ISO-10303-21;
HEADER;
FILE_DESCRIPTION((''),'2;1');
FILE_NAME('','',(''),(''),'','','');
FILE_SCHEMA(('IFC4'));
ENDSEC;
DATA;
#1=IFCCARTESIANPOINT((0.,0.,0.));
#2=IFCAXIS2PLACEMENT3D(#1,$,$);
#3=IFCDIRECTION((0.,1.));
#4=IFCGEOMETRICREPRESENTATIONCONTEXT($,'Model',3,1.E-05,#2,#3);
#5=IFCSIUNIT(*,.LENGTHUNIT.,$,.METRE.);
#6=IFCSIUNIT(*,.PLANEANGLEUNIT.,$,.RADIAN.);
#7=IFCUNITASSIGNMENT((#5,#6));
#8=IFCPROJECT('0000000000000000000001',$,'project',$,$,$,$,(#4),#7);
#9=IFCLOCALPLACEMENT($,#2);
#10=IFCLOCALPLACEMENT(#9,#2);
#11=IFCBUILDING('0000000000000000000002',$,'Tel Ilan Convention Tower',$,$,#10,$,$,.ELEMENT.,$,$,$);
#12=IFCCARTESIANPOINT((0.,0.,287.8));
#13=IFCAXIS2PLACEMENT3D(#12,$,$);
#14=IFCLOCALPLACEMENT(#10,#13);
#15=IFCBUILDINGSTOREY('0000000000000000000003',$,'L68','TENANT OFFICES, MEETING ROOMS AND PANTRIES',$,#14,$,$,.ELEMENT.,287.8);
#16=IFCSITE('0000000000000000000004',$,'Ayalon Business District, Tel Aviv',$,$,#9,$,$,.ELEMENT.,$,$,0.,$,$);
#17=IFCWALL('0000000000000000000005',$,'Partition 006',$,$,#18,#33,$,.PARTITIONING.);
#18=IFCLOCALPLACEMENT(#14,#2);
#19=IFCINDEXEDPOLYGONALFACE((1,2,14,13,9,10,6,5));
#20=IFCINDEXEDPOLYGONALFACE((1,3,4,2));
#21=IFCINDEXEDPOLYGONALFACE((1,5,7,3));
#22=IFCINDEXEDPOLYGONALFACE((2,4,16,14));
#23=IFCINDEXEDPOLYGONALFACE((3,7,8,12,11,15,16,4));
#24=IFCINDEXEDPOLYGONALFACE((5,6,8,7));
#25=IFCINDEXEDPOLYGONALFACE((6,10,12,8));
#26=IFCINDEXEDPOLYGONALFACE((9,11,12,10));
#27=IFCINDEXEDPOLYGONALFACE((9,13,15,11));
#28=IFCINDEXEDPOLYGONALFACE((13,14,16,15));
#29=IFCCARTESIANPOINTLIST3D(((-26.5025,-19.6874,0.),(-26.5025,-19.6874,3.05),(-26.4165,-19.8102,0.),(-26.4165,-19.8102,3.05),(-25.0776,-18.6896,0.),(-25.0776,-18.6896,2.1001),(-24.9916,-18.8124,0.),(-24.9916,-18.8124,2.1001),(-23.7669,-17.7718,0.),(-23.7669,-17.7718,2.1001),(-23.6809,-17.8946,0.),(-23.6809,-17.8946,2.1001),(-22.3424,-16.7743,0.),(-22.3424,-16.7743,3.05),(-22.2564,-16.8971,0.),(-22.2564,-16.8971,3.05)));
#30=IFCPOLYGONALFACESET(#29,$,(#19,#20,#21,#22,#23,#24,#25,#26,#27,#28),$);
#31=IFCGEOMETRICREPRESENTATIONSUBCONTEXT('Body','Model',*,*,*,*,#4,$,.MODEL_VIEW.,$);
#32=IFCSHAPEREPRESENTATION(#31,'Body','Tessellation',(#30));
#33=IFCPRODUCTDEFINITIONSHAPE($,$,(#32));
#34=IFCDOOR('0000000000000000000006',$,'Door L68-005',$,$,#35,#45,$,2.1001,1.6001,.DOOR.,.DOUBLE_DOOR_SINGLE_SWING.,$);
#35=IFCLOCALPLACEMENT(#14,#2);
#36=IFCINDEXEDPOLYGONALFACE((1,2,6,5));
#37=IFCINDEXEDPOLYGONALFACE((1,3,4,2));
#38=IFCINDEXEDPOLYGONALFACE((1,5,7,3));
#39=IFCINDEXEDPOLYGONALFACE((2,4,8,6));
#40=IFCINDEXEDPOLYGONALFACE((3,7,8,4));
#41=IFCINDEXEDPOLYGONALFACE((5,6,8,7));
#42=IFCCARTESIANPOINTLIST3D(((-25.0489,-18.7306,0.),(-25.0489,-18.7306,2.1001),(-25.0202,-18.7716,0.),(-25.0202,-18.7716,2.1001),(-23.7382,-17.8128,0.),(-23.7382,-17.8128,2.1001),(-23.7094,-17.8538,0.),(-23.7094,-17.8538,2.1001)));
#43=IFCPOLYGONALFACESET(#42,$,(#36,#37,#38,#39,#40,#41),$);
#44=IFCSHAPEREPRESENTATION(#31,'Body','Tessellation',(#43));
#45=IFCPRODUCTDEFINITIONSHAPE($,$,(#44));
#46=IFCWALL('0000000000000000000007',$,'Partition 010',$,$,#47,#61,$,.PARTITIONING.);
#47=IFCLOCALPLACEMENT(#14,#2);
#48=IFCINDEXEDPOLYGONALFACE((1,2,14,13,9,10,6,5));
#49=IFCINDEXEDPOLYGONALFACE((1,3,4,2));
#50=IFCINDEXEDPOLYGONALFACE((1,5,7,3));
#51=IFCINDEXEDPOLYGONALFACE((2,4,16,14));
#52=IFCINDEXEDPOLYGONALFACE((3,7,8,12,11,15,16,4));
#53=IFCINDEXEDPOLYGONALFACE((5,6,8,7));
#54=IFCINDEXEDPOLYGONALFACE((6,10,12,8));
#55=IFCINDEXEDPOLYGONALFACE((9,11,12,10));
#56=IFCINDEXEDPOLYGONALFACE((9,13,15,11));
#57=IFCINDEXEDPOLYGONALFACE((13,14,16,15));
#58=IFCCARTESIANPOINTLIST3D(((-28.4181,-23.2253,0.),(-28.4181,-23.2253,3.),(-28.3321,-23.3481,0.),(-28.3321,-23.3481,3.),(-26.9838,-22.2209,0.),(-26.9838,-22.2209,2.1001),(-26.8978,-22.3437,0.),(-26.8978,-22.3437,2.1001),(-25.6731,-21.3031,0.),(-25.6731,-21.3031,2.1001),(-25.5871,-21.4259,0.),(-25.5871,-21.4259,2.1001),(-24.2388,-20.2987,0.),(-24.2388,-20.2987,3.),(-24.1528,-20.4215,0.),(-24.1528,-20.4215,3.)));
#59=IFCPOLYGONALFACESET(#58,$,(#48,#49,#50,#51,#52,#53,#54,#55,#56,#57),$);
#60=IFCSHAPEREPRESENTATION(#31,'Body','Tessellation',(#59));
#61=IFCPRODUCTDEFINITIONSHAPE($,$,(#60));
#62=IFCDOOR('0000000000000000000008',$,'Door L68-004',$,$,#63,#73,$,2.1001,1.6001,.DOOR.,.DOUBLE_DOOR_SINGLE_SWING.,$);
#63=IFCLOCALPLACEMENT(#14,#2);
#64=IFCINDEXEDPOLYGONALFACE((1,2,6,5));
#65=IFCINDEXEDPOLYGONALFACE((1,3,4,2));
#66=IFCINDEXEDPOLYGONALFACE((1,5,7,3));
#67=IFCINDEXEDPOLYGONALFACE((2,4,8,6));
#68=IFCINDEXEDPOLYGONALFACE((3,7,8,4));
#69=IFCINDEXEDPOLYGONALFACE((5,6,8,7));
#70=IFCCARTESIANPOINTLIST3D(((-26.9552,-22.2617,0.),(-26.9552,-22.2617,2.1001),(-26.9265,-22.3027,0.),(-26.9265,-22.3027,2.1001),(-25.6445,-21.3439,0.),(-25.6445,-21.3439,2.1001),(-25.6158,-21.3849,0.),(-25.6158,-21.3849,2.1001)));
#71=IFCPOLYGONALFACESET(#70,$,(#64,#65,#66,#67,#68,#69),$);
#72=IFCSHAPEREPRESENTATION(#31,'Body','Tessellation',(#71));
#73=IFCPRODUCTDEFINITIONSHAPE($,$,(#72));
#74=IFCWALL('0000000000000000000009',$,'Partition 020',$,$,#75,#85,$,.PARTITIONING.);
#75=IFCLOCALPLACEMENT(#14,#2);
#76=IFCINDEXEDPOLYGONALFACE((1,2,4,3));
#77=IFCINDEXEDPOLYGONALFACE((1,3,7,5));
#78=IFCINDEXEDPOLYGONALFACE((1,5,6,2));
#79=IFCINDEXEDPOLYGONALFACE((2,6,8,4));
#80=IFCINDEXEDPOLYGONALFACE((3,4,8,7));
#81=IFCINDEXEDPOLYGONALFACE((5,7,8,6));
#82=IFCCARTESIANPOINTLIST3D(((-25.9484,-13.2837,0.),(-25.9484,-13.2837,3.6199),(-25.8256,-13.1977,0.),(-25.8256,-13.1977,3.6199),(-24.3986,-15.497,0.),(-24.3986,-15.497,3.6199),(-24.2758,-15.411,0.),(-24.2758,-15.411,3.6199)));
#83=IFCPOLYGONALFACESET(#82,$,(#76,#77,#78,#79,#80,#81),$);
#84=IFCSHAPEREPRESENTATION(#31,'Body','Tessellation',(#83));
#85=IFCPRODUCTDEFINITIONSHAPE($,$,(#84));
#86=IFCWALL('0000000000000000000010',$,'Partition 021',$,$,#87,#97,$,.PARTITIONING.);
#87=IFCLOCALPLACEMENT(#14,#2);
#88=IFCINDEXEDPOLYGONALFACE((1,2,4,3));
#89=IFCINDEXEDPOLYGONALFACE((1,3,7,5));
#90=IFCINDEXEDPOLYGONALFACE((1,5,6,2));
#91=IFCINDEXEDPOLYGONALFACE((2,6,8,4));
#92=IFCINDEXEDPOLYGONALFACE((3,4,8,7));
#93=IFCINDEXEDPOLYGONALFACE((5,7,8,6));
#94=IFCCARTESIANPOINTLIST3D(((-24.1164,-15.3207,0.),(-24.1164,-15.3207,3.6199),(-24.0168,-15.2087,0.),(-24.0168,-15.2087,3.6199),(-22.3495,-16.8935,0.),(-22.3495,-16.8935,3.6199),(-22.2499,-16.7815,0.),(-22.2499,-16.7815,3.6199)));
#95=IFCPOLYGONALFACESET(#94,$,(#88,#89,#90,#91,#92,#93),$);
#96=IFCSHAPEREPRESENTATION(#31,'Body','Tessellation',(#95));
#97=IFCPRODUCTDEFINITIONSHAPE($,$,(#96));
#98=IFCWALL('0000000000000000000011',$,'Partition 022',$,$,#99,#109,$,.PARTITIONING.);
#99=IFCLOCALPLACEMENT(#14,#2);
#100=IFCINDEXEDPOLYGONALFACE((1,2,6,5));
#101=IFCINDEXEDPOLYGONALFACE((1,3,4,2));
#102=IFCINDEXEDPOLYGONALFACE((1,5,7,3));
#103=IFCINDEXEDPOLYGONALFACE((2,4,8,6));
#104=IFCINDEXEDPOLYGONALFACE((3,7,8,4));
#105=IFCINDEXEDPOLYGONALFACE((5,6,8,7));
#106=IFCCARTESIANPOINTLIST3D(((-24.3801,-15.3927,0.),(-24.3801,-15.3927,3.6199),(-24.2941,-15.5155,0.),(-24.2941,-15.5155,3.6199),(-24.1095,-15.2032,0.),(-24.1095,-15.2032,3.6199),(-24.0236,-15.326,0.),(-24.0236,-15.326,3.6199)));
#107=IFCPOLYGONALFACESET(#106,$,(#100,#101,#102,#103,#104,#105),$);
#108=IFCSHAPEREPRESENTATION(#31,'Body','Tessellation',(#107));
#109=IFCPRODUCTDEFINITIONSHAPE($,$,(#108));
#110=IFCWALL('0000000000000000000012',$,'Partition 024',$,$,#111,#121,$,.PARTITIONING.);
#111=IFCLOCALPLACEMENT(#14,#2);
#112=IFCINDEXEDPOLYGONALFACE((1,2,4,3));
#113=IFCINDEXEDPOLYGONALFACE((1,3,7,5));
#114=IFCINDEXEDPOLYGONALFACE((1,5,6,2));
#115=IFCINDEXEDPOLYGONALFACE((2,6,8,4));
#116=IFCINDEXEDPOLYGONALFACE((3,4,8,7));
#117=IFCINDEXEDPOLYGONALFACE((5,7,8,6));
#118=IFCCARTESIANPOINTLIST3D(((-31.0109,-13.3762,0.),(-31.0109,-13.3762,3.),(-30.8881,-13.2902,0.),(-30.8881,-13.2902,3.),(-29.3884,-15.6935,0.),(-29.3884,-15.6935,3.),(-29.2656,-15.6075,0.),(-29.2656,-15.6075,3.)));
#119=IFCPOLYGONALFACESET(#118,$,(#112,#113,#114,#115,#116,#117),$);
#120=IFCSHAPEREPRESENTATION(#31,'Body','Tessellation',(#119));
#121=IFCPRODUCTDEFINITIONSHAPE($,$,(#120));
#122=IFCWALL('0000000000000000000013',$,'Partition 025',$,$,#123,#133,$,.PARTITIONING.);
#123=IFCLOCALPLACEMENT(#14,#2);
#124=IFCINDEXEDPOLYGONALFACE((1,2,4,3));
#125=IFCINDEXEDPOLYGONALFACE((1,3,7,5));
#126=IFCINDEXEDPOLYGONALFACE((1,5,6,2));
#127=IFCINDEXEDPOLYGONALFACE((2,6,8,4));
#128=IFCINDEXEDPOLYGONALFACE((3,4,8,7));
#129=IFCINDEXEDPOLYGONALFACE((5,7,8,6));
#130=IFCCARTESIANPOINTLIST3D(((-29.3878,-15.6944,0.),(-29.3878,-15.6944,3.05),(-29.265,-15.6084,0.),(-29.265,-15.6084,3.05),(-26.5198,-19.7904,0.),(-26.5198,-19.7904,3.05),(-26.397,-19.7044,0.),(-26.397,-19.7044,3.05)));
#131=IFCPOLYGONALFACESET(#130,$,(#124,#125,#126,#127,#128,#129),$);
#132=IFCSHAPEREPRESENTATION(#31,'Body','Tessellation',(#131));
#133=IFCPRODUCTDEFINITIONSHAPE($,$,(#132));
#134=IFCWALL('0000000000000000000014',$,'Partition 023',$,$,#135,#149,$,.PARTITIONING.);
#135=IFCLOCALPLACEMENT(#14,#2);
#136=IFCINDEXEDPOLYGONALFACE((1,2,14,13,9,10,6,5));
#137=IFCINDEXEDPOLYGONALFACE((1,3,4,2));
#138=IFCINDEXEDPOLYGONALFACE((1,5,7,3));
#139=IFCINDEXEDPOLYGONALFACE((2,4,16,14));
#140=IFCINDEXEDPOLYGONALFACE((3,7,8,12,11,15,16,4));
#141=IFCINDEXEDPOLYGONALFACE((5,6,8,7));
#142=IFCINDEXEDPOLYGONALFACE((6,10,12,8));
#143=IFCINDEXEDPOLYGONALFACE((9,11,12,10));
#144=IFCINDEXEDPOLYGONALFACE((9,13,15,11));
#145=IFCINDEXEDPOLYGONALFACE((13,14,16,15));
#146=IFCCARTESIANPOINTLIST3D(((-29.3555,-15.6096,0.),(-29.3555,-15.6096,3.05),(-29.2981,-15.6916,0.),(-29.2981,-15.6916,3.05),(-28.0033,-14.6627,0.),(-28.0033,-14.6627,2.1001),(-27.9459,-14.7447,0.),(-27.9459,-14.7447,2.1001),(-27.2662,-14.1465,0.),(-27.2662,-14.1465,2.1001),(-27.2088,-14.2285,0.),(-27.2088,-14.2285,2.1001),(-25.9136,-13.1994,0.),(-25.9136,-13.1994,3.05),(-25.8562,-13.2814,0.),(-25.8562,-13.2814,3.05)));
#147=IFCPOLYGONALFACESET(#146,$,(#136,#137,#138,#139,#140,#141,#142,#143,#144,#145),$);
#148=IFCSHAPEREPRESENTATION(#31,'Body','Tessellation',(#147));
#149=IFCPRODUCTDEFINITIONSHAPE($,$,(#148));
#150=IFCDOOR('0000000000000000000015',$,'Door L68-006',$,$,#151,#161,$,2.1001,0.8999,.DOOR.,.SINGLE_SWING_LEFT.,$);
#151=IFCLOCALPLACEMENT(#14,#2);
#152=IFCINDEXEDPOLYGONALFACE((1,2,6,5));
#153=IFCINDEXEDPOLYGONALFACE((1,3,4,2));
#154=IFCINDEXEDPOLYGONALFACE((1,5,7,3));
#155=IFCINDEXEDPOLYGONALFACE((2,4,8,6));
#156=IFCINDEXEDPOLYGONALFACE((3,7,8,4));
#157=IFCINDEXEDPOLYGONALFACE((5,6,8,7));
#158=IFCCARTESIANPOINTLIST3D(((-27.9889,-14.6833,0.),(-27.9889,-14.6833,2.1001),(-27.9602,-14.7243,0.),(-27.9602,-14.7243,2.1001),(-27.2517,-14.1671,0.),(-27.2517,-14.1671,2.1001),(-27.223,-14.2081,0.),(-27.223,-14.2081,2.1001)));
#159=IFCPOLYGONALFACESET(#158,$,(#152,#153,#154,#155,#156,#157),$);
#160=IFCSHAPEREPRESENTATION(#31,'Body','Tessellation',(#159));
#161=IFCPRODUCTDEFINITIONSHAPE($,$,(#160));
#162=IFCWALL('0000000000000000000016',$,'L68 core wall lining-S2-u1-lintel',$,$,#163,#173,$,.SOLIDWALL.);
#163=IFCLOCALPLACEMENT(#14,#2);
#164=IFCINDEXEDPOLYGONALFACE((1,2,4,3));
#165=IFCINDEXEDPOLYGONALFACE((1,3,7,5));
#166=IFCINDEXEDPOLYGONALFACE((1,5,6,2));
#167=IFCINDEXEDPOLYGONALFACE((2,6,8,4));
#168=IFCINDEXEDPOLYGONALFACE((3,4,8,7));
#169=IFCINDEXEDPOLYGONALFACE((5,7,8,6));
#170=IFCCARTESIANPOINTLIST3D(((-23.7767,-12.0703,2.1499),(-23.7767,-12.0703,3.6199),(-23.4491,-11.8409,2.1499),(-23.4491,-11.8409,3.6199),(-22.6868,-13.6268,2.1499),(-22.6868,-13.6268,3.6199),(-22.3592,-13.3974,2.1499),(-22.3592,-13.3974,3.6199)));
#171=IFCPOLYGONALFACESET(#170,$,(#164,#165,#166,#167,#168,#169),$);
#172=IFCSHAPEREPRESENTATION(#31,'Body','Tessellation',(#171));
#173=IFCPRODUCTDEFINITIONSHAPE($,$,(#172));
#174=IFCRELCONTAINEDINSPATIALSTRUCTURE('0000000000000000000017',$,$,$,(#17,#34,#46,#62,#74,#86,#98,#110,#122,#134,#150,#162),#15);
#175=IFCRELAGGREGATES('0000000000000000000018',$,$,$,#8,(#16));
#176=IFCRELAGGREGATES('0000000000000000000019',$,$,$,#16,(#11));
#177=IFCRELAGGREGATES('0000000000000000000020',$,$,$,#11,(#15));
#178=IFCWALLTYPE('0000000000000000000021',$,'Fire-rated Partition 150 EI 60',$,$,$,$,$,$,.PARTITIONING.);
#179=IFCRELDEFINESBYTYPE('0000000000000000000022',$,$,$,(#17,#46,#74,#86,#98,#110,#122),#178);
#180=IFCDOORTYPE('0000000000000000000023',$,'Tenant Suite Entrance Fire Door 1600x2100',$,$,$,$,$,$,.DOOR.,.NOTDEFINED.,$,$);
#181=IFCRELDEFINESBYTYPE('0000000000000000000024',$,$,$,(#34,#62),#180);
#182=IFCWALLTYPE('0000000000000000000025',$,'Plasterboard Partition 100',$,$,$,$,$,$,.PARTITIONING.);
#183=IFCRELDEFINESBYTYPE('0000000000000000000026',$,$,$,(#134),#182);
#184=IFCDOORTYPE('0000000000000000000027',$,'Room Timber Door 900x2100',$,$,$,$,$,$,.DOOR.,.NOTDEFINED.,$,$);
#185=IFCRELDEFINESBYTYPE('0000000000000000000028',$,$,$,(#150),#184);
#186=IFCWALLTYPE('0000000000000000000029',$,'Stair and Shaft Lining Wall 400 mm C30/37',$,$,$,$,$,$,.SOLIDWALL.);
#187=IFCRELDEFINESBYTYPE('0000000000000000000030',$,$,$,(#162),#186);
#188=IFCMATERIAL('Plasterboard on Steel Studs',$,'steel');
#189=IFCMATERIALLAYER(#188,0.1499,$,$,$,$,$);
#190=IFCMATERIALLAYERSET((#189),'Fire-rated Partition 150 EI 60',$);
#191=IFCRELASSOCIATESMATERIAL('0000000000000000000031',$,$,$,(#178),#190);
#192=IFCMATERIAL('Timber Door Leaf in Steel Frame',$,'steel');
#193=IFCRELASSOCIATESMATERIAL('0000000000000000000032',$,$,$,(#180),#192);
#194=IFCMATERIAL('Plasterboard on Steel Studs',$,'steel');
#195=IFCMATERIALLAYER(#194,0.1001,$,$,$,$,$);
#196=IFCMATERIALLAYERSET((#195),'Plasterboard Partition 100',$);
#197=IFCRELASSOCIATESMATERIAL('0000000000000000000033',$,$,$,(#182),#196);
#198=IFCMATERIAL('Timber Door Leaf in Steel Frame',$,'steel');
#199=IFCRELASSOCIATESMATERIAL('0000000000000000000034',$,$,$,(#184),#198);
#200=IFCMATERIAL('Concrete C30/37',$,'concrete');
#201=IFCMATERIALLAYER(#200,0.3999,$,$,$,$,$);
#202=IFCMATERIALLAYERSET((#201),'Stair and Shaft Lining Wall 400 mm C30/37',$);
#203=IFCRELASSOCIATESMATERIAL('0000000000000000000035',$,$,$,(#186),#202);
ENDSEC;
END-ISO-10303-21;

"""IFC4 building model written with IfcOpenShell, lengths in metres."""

from ifc_helpers import new_model, si_unit, direction, frame, frame_2d, origin, place, context, subcontext, project, spatial, rectangle, extrude, material, layer, layer_set, type_object, element, fill, save


model = new_model("IFC4")

# Units and contexts
model_context = context("Model", 3, precision=1e-05, world=origin(), true_north=direction((0.0, 1.0)))
body_context = subcontext(model_context, "Body", "Model", "MODEL_VIEW")
ifc_project = project(units=[si_unit("LENGTHUNIT", "METRE"), si_unit("PLANEANGLEUNIT", "RADIAN")], contexts=[model_context])

# Site, building, storey
site_placement = place(None, origin())
site = spatial("IfcSite", under=ifc_project, at=site_placement, Name="Ayalon Business District, Tel Aviv", CompositionType="ELEMENT", RefElevation=0.0)
building_placement = place(site_placement, origin())
building = spatial("IfcBuilding", under=site, at=building_placement, Name="Tel Ilan Convention Tower", CompositionType="ELEMENT")
storey_placement = place(building_placement, frame((0.0, 0.0, 287.8)))
storey = spatial("IfcBuildingStorey", under=building, at=storey_placement, Name="L68", Description="TENANT OFFICES, MEETING ROOMS AND PANTRIES", CompositionType="ELEMENT", Elevation=287.8)

# Walls, openings, doors
ifc_material_1 = material(Name="Plasterboard on Steel Studs", Category="steel")
ifc_layer_1 = layer(ifc_material_1, 0.1499)
ifc_layer_set_1 = layer_set([ifc_layer_1], Name="Fire-rated Partition 150 EI 60")
wall_type_1 = type_object("IfcWallType", Name="Fire-rated Partition 150 EI 60", PredefinedType="PARTITIONING", material=ifc_layer_set_1)
wall_1_placement = place(storey_placement, frame((-26.4595, -19.7488, 0.0), z_axis=(0.0, 0.0, 1.0), x_axis=(0.819142, 0.573591, 0.0)))
wall_1 = element("IfcWall", 1, at=wall_1_placement, inside=storey, type_object=wall_type_1, Name="Partition 006", PredefinedType="PARTITIONING", context=body_context, shape_type="SweptSolid", body=[
    extrude(rectangle(XDim=5.0786, YDim=0.1499, at=frame_2d((2.5393, 0.0))), origin(), (0.0, 0.0, 1.0), 3.05),
])
opening_1_placement = place(wall_1_placement, frame((1.7395, 0.0, 0.0)))
opening_1 = element("IfcOpeningElement", 2, at=opening_1_placement, cuts=wall_1, PredefinedType="OPENING", context=body_context, shape_type="SweptSolid", body=[
    extrude(rectangle(XDim=1.6001, YDim=2.1001, at=frame_2d((0.8, 1.05))), frame((0.0, 0.085, 0.0), z_axis=(0.0, -1.0, 0.0), x_axis=(1.0, 0.0, 0.0)), (0.0, 0.0, 1.0), 0.1699),
])
ifc_material_2 = material(Name="Timber Door Leaf in Steel Frame", Category="steel")
door_type_1 = type_object("IfcDoorType", Name="Tenant Suite Entrance Fire Door 1600x2100", OperationType="NOTDEFINED", PredefinedType="DOOR", material=ifc_material_2)
door_1_placement = place(opening_1_placement, origin())
door_1 = element("IfcDoor", 3, at=door_1_placement, inside=storey, type_object=door_type_1, Name="Door L68-005", OperationType="DOUBLE_DOOR_SINGLE_SWING", OverallHeight=2.1001, OverallWidth=1.6001, PredefinedType="DOOR", context=body_context, shape_type="SweptSolid", body=[
    extrude(rectangle(XDim=1.6001, YDim=2.1001, at=frame_2d((0.8, 1.05))), frame((0.0, 0.0249, 0.0), z_axis=(0.0, -1.0, 0.0), x_axis=(1.0, 0.0, 0.0)), (0.0, 0.0, 1.0), 0.05),
])
fill(opening_1, door_1)
wall_2_placement = place(storey_placement, frame((-24.1958, -20.3601, 0.0), z_axis=(0.0, 0.0, 1.0), x_axis=(-0.819133, -0.573604, 0.0)))
wall_2 = element("IfcWall", 4, at=wall_2_placement, inside=storey, type_object=wall_type_1, Name="Partition 010", PredefinedType="PARTITIONING", context=body_context, shape_type="SweptSolid", body=[
    extrude(rectangle(XDim=5.1021, YDim=0.1499, at=frame_2d((2.551, 0.0))), origin(), (0.0, 0.0, 1.0), 3.0),
])
opening_2_placement = place(wall_2_placement, frame((1.751, 0.0, 0.0)))
opening_2 = element("IfcOpeningElement", 5, at=opening_2_placement, cuts=wall_2, PredefinedType="OPENING", context=body_context, shape_type="SweptSolid", body=[
    extrude(rectangle(XDim=1.6001, YDim=2.1001, at=frame_2d((0.8, 1.05))), frame((0.0, 0.085, 0.0), z_axis=(0.0, -1.0, 0.0), x_axis=(1.0, 0.0, 0.0)), (0.0, 0.0, 1.0), 0.1699),
])
door_2_placement = place(opening_2_placement, origin())
door_2 = element("IfcDoor", 6, at=door_2_placement, inside=storey, type_object=door_type_1, Name="Door L68-004", OperationType="DOUBLE_DOOR_SINGLE_SWING", OverallHeight=2.1001, OverallWidth=1.6001, PredefinedType="DOOR", context=body_context, shape_type="SweptSolid", body=[
    extrude(rectangle(XDim=1.6001, YDim=2.1001, at=frame_2d((0.8, 1.05))), frame((0.0, 0.0249, 0.0), z_axis=(0.0, -1.0, 0.0), x_axis=(1.0, 0.0, 0.0)), (0.0, 0.0, 1.0), 0.05),
])
fill(opening_2, door_2)

# Walls
wall_3_placement = place(storey_placement, frame((-24.3372, -15.4541, 0.0), z_axis=(0.0, 0.0, 1.0), x_axis=(-0.573571, 0.819156, 0.0)))
element("IfcWall", 7, at=wall_3_placement, inside=storey, type_object=wall_type_1, Name="Partition 020", PredefinedType="PARTITIONING", context=body_context, shape_type="SweptSolid", body=[
    extrude(rectangle(XDim=2.7019, YDim=0.1499, at=frame_2d((1.3511, 0.0))), origin(), (0.0, 0.0, 1.0), 3.6199),
])
wall_4_placement = place(storey_placement, frame((-22.2998, -16.8374, 0.0), z_axis=(0.0, 0.0, 1.0), x_axis=(-0.746942, 0.664889, 0.0)))
element("IfcWall", 8, at=wall_4_placement, inside=storey, type_object=wall_type_1, Name="Partition 021", PredefinedType="PARTITIONING", context=body_context, shape_type="SweptSolid", body=[
    extrude(rectangle(XDim=2.3655, YDim=0.1499, at=frame_2d((1.1826, 0.0))), origin(), (0.0, 0.0, 1.0), 3.6199),
])
wall_5_placement = place(storey_placement, frame((-24.0667, -15.2646, 0.0), z_axis=(0.0, 0.0, 1.0), x_axis=(-0.819093, -0.573661, 0.0)))
element("IfcWall", 9, at=wall_5_placement, inside=storey, type_object=wall_type_1, Name="Partition 022", PredefinedType="PARTITIONING", context=body_context, shape_type="SweptSolid", body=[
    extrude(rectangle(XDim=0.3303, YDim=0.1499, at=frame_2d((0.165, 0.0))), origin(), (0.0, 0.0, 1.0), 3.6199),
])
wall_6_placement = place(storey_placement, frame((-29.3269, -15.6506, 0.0), z_axis=(0.0, 0.0, 1.0), x_axis=(-0.573555, 0.819167, 0.0)))
element("IfcWall", 10, at=wall_6_placement, inside=storey, type_object=wall_type_1, Name="Partition 024", PredefinedType="PARTITIONING", context=body_context, shape_type="SweptSolid", body=[
    extrude(rectangle(XDim=2.8289, YDim=0.1499, at=frame_2d((1.4146, 0.0))), origin(), (0.0, 0.0, 1.0), 3.0),
])
wall_7_placement = place(storey_placement, frame((-26.4585, -19.7473, 0.0), z_axis=(0.0, 0.0, 1.0), x_axis=(-0.573564, 0.819161, 0.0)))
element("IfcWall", 11, at=wall_7_placement, inside=storey, type_object=wall_type_1, Name="Partition 025", PredefinedType="PARTITIONING", context=body_context, shape_type="SweptSolid", body=[
    extrude(rectangle(XDim=5.0002, YDim=0.1499, at=frame_2d((2.5, 0.0))), origin(), (0.0, 0.0, 1.0), 3.05),
])

# Wall, opening, door
ifc_material_3 = material(Name="Plasterboard on Steel Studs", Category="steel")
ifc_layer_2 = layer(ifc_material_3, 0.1001)
ifc_layer_set_2 = layer_set([ifc_layer_2], Name="Plasterboard Partition 100")
wall_type_2 = type_object("IfcWallType", Name="Plasterboard Partition 100", PredefinedType="PARTITIONING", material=ifc_layer_set_2)
wall_8_placement = place(storey_placement, frame((-29.3269, -15.6506, 0.0), z_axis=(0.0, 0.0, 1.0), x_axis=(0.819139, 0.573595, 0.0)))
wall_8 = element("IfcWall", 12, at=wall_8_placement, inside=storey, type_object=wall_type_2, Name="Partition 023", PredefinedType="PARTITIONING", context=body_context, shape_type="SweptSolid", body=[
    extrude(rectangle(XDim=4.2019, YDim=0.1001, at=frame_2d((2.1011, 0.0))), origin(), (0.0, 0.0, 1.0), 3.05),
])
opening_3_placement = place(wall_8_placement, frame((1.6509, 0.0, 0.0)))
opening_3 = element("IfcOpeningElement", 13, at=opening_3_placement, cuts=wall_8, PredefinedType="OPENING", context=body_context, shape_type="SweptSolid", body=[
    extrude(rectangle(XDim=0.8999, YDim=2.1001, at=frame_2d((0.45, 1.05))), frame((0.0, 0.0601, 0.0), z_axis=(0.0, -1.0, 0.0), x_axis=(1.0, 0.0, 0.0)), (0.0, 0.0, 1.0), 0.1201),
])
ifc_material_4 = material(Name="Timber Door Leaf in Steel Frame", Category="steel")
door_type_2 = type_object("IfcDoorType", Name="Room Timber Door 900x2100", OperationType="NOTDEFINED", PredefinedType="DOOR", material=ifc_material_4)
door_3_placement = place(opening_3_placement, origin())
door_3 = element("IfcDoor", 14, at=door_3_placement, inside=storey, type_object=door_type_2, Name="Door L68-006", OperationType="SINGLE_SWING_LEFT", OverallHeight=2.1001, OverallWidth=0.8999, PredefinedType="DOOR", context=body_context, shape_type="SweptSolid", body=[
    extrude(rectangle(XDim=0.8999, YDim=2.1001, at=frame_2d((0.45, 1.05))), frame((0.0, 0.0249, 0.0), z_axis=(0.0, -1.0, 0.0), x_axis=(1.0, 0.0, 0.0)), (0.0, 0.0, 1.0), 0.05),
])
fill(opening_3, door_3)

# Wall
ifc_material_5 = material(Name="Concrete C30/37", Category="concrete")
ifc_layer_3 = layer(ifc_material_5, 0.3999)
ifc_layer_set_3 = layer_set([ifc_layer_3], Name="Stair and Shaft Lining Wall 400 mm C30/37")
wall_type_3 = type_object("IfcWallType", Name="Stair and Shaft Lining Wall 400 mm C30/37", PredefinedType="SOLIDWALL", material=ifc_layer_set_3)
wall_9_placement = place(storey_placement, frame((-22.5229, -13.5122, 2.1499), z_axis=(0.0, 0.0, 1.0), x_axis=(-0.573592, 0.819141, 0.0)))
element("IfcWall", 15, at=wall_9_placement, inside=storey, type_object=wall_type_3, Name="L68 core wall lining-S2-u1-lintel", PredefinedType="SOLIDWALL", context=body_context, shape_type="SweptSolid", body=[
    extrude(rectangle(XDim=1.9001, YDim=0.3999, at=frame_2d((0.9502, 0.0))), origin(), (0.0, 0.0, 1.0), 1.47),
])

save(model, "model.ifc")
